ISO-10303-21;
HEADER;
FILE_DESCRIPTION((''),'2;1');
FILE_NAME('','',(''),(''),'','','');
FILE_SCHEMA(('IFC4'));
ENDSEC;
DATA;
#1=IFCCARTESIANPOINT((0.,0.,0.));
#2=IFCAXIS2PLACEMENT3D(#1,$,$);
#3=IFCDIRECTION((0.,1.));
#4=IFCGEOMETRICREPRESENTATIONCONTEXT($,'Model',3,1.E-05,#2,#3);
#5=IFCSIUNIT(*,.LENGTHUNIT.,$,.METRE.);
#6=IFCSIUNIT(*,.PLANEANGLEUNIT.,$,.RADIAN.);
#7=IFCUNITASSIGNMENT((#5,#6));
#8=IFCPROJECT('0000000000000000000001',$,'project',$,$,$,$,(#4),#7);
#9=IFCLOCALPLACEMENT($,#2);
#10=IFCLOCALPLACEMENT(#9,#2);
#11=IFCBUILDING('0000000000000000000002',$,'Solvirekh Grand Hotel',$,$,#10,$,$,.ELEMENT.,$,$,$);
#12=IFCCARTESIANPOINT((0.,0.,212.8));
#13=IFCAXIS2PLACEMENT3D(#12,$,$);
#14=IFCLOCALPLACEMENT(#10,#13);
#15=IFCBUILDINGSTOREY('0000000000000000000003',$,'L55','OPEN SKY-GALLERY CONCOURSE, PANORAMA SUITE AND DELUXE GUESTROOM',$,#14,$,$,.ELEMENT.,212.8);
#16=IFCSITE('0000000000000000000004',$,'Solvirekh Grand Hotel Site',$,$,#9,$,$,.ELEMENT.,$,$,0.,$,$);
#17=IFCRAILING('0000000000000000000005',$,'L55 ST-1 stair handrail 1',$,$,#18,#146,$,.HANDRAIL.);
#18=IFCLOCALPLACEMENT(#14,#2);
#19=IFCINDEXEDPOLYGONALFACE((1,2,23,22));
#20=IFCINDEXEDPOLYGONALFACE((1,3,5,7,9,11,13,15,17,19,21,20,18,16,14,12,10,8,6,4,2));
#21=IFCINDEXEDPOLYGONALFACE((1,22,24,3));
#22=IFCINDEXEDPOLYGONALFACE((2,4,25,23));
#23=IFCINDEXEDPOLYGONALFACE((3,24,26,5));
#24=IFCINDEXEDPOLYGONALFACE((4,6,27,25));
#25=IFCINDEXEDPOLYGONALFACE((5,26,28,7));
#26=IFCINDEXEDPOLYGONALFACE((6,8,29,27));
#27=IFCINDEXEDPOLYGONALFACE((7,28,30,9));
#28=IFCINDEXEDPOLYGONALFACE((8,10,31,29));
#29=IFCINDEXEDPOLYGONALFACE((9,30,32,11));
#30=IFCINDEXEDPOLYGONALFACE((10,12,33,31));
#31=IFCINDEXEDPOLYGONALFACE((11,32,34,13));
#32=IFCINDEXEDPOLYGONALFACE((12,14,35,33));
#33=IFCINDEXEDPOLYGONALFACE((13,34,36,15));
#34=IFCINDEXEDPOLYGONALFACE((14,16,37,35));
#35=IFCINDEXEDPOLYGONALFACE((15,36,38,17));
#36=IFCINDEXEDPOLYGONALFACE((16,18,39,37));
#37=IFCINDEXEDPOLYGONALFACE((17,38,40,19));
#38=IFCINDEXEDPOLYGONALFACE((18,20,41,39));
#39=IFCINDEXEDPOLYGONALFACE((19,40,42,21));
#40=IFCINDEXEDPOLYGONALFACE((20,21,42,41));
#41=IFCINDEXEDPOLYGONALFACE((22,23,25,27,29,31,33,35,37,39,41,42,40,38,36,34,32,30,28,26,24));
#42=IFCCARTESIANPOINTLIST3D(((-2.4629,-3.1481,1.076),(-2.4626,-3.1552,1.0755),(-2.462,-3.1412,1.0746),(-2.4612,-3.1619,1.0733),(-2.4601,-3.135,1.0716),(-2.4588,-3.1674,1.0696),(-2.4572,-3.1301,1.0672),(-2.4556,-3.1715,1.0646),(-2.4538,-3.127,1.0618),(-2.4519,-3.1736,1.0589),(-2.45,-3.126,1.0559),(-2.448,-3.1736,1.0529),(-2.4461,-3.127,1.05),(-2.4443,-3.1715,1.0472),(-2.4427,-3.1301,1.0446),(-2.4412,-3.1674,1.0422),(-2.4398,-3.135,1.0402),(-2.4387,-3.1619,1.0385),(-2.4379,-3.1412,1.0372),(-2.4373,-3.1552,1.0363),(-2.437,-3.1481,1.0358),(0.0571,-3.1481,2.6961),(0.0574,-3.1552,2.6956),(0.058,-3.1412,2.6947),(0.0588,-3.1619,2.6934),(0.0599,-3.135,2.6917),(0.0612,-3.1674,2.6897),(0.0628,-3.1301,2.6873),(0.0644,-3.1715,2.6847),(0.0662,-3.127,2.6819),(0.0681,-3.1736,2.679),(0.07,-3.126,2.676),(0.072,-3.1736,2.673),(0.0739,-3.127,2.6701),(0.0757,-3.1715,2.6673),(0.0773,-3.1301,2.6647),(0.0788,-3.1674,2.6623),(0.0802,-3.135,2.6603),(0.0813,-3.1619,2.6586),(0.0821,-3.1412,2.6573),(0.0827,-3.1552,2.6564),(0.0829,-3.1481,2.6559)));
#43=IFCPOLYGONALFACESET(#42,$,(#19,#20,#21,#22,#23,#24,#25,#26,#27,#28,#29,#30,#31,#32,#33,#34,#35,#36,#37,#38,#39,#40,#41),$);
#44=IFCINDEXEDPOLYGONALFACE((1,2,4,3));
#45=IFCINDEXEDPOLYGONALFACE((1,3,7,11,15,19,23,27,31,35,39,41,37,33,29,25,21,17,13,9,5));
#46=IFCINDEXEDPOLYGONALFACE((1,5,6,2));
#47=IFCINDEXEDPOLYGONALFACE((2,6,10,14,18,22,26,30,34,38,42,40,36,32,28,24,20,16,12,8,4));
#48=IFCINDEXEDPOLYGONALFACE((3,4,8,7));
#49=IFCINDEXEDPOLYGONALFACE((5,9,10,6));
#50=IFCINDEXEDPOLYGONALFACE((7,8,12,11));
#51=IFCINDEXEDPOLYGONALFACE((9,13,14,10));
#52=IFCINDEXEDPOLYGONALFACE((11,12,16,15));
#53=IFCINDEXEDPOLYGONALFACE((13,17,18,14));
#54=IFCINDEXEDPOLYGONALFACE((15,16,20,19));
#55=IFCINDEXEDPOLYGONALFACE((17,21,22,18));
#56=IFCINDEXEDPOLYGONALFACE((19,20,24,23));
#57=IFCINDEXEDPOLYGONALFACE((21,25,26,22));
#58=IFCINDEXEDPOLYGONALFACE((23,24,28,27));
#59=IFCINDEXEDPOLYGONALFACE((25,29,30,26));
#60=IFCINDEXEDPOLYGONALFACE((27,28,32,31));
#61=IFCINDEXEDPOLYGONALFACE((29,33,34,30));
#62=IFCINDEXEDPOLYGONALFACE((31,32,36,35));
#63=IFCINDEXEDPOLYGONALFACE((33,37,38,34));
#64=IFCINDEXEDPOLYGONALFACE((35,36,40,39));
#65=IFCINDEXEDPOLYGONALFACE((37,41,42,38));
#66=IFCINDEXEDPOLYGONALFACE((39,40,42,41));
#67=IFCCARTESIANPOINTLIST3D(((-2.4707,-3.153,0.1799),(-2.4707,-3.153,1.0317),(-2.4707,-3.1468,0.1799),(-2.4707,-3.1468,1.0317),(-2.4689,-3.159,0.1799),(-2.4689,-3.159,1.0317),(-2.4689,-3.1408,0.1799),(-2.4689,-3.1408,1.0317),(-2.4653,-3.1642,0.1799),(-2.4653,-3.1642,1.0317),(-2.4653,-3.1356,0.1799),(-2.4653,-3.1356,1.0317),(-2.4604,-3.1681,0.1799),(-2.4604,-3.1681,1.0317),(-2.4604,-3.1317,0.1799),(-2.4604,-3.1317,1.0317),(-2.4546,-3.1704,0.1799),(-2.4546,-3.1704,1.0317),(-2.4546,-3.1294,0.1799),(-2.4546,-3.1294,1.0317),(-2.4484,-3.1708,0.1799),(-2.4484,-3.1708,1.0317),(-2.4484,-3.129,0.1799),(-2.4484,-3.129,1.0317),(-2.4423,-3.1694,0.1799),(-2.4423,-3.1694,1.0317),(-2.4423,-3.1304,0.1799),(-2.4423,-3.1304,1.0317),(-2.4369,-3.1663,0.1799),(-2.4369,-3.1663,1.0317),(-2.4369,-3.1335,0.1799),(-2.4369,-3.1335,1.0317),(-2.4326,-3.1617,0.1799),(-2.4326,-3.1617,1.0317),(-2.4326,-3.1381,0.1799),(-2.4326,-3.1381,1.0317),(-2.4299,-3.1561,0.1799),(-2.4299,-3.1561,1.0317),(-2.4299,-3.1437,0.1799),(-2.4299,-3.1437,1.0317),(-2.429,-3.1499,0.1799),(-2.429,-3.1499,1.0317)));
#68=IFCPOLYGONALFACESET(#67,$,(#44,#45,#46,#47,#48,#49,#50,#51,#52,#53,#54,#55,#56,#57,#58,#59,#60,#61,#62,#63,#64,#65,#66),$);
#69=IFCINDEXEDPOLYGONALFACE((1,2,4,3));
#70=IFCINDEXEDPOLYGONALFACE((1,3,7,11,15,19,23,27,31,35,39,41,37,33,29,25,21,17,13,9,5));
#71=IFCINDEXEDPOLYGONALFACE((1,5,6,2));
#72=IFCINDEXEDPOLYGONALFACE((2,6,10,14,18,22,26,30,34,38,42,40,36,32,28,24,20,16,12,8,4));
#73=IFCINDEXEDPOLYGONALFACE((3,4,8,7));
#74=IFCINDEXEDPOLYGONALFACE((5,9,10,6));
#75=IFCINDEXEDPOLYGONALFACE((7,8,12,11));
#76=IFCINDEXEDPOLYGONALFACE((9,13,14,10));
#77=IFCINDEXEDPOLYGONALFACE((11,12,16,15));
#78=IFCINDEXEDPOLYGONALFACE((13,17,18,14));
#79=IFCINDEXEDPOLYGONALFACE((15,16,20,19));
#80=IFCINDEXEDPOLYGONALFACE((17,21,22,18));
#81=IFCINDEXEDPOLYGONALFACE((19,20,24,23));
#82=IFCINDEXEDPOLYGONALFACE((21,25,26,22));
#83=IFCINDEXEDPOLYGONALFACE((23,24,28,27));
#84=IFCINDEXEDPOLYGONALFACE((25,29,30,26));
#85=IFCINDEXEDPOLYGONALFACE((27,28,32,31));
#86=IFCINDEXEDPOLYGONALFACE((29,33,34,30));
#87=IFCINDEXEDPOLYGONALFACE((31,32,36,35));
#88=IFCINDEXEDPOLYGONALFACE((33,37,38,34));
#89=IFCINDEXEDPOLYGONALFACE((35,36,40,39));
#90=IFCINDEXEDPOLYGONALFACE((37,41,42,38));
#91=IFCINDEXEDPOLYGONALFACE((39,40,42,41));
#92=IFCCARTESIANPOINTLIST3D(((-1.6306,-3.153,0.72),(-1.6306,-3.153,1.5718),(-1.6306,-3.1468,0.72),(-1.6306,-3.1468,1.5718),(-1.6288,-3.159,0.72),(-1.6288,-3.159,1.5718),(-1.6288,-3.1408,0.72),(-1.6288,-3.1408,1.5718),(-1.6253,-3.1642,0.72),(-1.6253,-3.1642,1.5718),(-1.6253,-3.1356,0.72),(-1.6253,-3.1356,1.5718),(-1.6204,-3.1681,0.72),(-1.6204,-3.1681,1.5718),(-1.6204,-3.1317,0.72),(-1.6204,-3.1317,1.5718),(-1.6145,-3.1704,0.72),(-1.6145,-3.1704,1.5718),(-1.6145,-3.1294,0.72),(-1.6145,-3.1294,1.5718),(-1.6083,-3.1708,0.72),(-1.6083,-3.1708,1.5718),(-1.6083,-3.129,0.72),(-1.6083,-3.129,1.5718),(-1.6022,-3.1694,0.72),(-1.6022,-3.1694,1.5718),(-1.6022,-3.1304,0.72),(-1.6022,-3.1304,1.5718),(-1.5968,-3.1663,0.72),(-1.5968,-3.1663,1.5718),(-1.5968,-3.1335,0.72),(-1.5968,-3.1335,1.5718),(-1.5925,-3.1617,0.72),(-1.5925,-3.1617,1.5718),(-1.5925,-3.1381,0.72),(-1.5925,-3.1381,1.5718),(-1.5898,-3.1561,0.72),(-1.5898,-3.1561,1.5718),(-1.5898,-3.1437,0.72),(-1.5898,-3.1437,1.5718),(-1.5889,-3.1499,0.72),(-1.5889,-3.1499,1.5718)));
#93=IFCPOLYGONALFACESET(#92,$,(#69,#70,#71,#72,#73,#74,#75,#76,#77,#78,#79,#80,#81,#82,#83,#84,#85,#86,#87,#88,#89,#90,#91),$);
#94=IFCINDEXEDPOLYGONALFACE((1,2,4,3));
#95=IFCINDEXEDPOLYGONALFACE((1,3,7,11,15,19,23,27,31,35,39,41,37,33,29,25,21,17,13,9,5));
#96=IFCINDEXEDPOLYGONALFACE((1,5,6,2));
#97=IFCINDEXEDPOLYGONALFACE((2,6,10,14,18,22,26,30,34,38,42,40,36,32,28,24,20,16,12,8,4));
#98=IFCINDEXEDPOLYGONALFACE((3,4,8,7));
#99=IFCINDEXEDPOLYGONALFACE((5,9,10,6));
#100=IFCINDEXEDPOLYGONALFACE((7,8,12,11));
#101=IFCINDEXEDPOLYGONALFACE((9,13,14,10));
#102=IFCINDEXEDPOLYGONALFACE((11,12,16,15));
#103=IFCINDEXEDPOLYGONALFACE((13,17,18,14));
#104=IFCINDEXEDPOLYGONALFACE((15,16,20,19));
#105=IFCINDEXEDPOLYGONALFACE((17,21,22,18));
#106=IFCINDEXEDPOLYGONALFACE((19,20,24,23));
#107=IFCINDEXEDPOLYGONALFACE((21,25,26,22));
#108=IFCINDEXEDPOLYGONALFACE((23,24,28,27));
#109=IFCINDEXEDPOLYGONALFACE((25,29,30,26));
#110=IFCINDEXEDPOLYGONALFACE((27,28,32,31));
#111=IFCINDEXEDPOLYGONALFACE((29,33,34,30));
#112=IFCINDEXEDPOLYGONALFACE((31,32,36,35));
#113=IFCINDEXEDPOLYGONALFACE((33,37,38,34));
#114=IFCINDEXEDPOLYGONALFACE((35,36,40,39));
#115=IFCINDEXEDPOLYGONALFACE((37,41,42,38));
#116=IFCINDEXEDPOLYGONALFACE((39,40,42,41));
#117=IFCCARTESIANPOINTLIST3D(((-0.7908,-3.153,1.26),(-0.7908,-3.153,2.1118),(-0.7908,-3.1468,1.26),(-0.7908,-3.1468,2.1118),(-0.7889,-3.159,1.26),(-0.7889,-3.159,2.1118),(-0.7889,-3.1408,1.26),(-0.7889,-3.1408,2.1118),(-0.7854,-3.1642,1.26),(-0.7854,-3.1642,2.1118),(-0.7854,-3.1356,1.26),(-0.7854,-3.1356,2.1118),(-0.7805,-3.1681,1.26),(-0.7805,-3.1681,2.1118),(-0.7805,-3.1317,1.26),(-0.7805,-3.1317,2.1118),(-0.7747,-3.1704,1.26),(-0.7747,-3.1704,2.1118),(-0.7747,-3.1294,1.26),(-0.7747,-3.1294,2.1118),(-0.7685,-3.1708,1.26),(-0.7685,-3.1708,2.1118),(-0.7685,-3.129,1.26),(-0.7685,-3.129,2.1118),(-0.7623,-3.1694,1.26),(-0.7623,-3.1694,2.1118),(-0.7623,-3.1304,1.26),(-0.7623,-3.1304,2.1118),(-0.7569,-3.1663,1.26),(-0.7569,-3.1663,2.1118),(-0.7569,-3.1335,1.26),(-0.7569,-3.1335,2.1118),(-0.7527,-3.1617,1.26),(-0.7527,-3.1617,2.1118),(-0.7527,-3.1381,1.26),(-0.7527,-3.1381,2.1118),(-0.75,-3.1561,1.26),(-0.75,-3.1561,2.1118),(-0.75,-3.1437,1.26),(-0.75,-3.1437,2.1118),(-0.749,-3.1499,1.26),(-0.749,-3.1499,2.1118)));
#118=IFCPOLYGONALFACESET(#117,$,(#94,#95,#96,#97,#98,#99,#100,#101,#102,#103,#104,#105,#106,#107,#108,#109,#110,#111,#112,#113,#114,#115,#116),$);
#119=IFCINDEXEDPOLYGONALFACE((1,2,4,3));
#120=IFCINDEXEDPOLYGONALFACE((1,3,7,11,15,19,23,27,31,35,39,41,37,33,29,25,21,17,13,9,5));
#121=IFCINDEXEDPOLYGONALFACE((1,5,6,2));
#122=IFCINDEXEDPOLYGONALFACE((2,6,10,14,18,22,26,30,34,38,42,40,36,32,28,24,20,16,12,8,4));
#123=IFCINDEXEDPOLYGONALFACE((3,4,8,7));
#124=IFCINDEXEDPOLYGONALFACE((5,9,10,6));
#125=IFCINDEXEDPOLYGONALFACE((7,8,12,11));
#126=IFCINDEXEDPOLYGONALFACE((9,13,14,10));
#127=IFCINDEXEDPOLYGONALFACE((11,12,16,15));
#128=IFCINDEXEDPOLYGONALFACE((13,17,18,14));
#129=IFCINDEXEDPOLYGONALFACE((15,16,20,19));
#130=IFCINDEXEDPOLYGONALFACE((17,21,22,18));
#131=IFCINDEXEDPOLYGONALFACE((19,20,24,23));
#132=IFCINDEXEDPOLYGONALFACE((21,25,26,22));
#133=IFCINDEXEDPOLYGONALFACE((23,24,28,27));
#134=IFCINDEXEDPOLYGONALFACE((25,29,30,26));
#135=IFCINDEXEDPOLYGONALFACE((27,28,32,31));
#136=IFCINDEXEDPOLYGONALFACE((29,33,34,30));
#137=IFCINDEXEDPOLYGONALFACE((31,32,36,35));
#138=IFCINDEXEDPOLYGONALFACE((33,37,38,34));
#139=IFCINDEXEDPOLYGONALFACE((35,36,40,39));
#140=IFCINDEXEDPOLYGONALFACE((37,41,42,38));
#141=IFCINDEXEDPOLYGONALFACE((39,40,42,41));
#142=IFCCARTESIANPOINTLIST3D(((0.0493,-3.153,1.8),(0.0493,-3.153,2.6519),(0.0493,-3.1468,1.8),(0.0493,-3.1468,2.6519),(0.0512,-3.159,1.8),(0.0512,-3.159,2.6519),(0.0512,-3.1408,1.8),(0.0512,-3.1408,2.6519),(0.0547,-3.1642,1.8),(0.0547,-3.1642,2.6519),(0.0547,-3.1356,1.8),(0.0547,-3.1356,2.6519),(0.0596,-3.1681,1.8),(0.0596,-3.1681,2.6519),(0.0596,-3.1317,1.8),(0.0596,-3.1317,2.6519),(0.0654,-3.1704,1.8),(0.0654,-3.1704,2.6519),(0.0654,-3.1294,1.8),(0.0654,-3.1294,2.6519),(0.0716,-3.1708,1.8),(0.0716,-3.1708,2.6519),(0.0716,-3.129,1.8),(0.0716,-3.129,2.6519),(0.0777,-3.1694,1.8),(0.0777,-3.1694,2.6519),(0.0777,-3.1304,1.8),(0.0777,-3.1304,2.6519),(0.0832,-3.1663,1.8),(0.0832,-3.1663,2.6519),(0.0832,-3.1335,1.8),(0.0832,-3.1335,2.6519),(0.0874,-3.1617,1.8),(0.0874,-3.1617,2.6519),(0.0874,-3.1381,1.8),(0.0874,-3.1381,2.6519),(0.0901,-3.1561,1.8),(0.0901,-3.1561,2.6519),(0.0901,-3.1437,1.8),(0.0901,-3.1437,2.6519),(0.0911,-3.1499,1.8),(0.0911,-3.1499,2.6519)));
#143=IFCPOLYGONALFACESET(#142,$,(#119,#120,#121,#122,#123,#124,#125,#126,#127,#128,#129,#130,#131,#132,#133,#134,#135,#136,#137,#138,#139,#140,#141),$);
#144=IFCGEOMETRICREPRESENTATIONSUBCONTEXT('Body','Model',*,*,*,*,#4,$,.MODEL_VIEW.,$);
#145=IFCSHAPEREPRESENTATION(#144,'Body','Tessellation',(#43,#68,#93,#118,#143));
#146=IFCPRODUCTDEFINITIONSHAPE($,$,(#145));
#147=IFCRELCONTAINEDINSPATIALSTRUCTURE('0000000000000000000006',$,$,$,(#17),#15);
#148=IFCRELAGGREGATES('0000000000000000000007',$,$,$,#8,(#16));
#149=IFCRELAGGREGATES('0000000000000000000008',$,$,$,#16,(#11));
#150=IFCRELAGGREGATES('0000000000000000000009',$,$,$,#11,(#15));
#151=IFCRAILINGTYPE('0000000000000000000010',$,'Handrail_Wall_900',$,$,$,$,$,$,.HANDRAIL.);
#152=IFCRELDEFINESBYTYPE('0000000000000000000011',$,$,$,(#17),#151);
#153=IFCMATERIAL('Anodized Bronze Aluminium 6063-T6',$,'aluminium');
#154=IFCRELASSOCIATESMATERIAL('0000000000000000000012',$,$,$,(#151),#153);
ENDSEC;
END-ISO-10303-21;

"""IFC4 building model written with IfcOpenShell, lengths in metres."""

from ifc_helpers import new_model, si_unit, direction, frame, origin, origin_2d, place, context, subcontext, project, spatial, circle, extrude, material, type_object, element, save


model = new_model("IFC4")

# Units and contexts
model_context = context("Model", 3, precision=1e-05, world=origin(), true_north=direction((0.0, 1.0)))
body_context = subcontext(model_context, "Body", "Model", "MODEL_VIEW")
ifc_project = project(units=[si_unit("LENGTHUNIT", "METRE"), si_unit("PLANEANGLEUNIT", "RADIAN")], contexts=[model_context])

# Site, building, storey
site_placement = place(None, origin())
site = spatial("IfcSite", under=ifc_project, at=site_placement, Name="Solvirekh Grand Hotel Site", CompositionType="ELEMENT", RefElevation=0.0)
building_placement = place(site_placement, origin())
building = spatial("IfcBuilding", under=site, at=building_placement, Name="Solvirekh Grand Hotel", CompositionType="ELEMENT")
storey_placement = place(building_placement, frame((0.0, 0.0, 212.8)))
storey = spatial("IfcBuildingStorey", under=building, at=storey_placement, Name="L55", Description="OPEN SKY-GALLERY CONCOURSE, PANORAMA SUITE AND DELUXE GUESTROOM", CompositionType="ELEMENT", Elevation=212.8)

# Shared definitions
ifc_material_1 = material(Name="Anodized Bronze Aluminium 6063-T6", Category="aluminium")

# Railing
railing_type_1 = type_object("IfcRailingType", Name="Handrail_Wall_900", PredefinedType="HANDRAIL", material=ifc_material_1)
railing_1_placement = place(storey_placement, frame((-2.45, -3.1499, 0.1799)))
element("IfcRailing", 1, at=railing_1_placement, inside=storey, type_object=railing_type_1, Name="L55 ST-1 stair handrail 1", PredefinedType="HANDRAIL", context=body_context, shape_type="SweptSolid", body=[
    extrude(circle(Radius=0.0239, at=origin_2d()), frame((0.0, 0.0, 0.876), z_axis=(0.841163, 0.0, 0.540782), x_axis=(0.0, 1.0, 0.0)), (0.0, 0.0, 1.0), 2.9958),
    extrude(circle(Radius=0.021, at=origin_2d()), origin(), (0.0, 0.0, 1.0), 0.8518),
    extrude(circle(Radius=0.021, at=origin_2d()), frame((0.8401, 0.0, 0.54)), (0.0, 0.0, 1.0), 0.8518),
    extrude(circle(Radius=0.021, at=origin_2d()), frame((1.6799, 0.0, 1.0801)), (0.0, 0.0, 1.0), 0.8518),
    extrude(circle(Radius=0.021, at=origin_2d()), frame((2.52, 0.0, 1.6201)), (0.0, 0.0, 1.0), 0.8518),
])

save(model, "model.ifc")
